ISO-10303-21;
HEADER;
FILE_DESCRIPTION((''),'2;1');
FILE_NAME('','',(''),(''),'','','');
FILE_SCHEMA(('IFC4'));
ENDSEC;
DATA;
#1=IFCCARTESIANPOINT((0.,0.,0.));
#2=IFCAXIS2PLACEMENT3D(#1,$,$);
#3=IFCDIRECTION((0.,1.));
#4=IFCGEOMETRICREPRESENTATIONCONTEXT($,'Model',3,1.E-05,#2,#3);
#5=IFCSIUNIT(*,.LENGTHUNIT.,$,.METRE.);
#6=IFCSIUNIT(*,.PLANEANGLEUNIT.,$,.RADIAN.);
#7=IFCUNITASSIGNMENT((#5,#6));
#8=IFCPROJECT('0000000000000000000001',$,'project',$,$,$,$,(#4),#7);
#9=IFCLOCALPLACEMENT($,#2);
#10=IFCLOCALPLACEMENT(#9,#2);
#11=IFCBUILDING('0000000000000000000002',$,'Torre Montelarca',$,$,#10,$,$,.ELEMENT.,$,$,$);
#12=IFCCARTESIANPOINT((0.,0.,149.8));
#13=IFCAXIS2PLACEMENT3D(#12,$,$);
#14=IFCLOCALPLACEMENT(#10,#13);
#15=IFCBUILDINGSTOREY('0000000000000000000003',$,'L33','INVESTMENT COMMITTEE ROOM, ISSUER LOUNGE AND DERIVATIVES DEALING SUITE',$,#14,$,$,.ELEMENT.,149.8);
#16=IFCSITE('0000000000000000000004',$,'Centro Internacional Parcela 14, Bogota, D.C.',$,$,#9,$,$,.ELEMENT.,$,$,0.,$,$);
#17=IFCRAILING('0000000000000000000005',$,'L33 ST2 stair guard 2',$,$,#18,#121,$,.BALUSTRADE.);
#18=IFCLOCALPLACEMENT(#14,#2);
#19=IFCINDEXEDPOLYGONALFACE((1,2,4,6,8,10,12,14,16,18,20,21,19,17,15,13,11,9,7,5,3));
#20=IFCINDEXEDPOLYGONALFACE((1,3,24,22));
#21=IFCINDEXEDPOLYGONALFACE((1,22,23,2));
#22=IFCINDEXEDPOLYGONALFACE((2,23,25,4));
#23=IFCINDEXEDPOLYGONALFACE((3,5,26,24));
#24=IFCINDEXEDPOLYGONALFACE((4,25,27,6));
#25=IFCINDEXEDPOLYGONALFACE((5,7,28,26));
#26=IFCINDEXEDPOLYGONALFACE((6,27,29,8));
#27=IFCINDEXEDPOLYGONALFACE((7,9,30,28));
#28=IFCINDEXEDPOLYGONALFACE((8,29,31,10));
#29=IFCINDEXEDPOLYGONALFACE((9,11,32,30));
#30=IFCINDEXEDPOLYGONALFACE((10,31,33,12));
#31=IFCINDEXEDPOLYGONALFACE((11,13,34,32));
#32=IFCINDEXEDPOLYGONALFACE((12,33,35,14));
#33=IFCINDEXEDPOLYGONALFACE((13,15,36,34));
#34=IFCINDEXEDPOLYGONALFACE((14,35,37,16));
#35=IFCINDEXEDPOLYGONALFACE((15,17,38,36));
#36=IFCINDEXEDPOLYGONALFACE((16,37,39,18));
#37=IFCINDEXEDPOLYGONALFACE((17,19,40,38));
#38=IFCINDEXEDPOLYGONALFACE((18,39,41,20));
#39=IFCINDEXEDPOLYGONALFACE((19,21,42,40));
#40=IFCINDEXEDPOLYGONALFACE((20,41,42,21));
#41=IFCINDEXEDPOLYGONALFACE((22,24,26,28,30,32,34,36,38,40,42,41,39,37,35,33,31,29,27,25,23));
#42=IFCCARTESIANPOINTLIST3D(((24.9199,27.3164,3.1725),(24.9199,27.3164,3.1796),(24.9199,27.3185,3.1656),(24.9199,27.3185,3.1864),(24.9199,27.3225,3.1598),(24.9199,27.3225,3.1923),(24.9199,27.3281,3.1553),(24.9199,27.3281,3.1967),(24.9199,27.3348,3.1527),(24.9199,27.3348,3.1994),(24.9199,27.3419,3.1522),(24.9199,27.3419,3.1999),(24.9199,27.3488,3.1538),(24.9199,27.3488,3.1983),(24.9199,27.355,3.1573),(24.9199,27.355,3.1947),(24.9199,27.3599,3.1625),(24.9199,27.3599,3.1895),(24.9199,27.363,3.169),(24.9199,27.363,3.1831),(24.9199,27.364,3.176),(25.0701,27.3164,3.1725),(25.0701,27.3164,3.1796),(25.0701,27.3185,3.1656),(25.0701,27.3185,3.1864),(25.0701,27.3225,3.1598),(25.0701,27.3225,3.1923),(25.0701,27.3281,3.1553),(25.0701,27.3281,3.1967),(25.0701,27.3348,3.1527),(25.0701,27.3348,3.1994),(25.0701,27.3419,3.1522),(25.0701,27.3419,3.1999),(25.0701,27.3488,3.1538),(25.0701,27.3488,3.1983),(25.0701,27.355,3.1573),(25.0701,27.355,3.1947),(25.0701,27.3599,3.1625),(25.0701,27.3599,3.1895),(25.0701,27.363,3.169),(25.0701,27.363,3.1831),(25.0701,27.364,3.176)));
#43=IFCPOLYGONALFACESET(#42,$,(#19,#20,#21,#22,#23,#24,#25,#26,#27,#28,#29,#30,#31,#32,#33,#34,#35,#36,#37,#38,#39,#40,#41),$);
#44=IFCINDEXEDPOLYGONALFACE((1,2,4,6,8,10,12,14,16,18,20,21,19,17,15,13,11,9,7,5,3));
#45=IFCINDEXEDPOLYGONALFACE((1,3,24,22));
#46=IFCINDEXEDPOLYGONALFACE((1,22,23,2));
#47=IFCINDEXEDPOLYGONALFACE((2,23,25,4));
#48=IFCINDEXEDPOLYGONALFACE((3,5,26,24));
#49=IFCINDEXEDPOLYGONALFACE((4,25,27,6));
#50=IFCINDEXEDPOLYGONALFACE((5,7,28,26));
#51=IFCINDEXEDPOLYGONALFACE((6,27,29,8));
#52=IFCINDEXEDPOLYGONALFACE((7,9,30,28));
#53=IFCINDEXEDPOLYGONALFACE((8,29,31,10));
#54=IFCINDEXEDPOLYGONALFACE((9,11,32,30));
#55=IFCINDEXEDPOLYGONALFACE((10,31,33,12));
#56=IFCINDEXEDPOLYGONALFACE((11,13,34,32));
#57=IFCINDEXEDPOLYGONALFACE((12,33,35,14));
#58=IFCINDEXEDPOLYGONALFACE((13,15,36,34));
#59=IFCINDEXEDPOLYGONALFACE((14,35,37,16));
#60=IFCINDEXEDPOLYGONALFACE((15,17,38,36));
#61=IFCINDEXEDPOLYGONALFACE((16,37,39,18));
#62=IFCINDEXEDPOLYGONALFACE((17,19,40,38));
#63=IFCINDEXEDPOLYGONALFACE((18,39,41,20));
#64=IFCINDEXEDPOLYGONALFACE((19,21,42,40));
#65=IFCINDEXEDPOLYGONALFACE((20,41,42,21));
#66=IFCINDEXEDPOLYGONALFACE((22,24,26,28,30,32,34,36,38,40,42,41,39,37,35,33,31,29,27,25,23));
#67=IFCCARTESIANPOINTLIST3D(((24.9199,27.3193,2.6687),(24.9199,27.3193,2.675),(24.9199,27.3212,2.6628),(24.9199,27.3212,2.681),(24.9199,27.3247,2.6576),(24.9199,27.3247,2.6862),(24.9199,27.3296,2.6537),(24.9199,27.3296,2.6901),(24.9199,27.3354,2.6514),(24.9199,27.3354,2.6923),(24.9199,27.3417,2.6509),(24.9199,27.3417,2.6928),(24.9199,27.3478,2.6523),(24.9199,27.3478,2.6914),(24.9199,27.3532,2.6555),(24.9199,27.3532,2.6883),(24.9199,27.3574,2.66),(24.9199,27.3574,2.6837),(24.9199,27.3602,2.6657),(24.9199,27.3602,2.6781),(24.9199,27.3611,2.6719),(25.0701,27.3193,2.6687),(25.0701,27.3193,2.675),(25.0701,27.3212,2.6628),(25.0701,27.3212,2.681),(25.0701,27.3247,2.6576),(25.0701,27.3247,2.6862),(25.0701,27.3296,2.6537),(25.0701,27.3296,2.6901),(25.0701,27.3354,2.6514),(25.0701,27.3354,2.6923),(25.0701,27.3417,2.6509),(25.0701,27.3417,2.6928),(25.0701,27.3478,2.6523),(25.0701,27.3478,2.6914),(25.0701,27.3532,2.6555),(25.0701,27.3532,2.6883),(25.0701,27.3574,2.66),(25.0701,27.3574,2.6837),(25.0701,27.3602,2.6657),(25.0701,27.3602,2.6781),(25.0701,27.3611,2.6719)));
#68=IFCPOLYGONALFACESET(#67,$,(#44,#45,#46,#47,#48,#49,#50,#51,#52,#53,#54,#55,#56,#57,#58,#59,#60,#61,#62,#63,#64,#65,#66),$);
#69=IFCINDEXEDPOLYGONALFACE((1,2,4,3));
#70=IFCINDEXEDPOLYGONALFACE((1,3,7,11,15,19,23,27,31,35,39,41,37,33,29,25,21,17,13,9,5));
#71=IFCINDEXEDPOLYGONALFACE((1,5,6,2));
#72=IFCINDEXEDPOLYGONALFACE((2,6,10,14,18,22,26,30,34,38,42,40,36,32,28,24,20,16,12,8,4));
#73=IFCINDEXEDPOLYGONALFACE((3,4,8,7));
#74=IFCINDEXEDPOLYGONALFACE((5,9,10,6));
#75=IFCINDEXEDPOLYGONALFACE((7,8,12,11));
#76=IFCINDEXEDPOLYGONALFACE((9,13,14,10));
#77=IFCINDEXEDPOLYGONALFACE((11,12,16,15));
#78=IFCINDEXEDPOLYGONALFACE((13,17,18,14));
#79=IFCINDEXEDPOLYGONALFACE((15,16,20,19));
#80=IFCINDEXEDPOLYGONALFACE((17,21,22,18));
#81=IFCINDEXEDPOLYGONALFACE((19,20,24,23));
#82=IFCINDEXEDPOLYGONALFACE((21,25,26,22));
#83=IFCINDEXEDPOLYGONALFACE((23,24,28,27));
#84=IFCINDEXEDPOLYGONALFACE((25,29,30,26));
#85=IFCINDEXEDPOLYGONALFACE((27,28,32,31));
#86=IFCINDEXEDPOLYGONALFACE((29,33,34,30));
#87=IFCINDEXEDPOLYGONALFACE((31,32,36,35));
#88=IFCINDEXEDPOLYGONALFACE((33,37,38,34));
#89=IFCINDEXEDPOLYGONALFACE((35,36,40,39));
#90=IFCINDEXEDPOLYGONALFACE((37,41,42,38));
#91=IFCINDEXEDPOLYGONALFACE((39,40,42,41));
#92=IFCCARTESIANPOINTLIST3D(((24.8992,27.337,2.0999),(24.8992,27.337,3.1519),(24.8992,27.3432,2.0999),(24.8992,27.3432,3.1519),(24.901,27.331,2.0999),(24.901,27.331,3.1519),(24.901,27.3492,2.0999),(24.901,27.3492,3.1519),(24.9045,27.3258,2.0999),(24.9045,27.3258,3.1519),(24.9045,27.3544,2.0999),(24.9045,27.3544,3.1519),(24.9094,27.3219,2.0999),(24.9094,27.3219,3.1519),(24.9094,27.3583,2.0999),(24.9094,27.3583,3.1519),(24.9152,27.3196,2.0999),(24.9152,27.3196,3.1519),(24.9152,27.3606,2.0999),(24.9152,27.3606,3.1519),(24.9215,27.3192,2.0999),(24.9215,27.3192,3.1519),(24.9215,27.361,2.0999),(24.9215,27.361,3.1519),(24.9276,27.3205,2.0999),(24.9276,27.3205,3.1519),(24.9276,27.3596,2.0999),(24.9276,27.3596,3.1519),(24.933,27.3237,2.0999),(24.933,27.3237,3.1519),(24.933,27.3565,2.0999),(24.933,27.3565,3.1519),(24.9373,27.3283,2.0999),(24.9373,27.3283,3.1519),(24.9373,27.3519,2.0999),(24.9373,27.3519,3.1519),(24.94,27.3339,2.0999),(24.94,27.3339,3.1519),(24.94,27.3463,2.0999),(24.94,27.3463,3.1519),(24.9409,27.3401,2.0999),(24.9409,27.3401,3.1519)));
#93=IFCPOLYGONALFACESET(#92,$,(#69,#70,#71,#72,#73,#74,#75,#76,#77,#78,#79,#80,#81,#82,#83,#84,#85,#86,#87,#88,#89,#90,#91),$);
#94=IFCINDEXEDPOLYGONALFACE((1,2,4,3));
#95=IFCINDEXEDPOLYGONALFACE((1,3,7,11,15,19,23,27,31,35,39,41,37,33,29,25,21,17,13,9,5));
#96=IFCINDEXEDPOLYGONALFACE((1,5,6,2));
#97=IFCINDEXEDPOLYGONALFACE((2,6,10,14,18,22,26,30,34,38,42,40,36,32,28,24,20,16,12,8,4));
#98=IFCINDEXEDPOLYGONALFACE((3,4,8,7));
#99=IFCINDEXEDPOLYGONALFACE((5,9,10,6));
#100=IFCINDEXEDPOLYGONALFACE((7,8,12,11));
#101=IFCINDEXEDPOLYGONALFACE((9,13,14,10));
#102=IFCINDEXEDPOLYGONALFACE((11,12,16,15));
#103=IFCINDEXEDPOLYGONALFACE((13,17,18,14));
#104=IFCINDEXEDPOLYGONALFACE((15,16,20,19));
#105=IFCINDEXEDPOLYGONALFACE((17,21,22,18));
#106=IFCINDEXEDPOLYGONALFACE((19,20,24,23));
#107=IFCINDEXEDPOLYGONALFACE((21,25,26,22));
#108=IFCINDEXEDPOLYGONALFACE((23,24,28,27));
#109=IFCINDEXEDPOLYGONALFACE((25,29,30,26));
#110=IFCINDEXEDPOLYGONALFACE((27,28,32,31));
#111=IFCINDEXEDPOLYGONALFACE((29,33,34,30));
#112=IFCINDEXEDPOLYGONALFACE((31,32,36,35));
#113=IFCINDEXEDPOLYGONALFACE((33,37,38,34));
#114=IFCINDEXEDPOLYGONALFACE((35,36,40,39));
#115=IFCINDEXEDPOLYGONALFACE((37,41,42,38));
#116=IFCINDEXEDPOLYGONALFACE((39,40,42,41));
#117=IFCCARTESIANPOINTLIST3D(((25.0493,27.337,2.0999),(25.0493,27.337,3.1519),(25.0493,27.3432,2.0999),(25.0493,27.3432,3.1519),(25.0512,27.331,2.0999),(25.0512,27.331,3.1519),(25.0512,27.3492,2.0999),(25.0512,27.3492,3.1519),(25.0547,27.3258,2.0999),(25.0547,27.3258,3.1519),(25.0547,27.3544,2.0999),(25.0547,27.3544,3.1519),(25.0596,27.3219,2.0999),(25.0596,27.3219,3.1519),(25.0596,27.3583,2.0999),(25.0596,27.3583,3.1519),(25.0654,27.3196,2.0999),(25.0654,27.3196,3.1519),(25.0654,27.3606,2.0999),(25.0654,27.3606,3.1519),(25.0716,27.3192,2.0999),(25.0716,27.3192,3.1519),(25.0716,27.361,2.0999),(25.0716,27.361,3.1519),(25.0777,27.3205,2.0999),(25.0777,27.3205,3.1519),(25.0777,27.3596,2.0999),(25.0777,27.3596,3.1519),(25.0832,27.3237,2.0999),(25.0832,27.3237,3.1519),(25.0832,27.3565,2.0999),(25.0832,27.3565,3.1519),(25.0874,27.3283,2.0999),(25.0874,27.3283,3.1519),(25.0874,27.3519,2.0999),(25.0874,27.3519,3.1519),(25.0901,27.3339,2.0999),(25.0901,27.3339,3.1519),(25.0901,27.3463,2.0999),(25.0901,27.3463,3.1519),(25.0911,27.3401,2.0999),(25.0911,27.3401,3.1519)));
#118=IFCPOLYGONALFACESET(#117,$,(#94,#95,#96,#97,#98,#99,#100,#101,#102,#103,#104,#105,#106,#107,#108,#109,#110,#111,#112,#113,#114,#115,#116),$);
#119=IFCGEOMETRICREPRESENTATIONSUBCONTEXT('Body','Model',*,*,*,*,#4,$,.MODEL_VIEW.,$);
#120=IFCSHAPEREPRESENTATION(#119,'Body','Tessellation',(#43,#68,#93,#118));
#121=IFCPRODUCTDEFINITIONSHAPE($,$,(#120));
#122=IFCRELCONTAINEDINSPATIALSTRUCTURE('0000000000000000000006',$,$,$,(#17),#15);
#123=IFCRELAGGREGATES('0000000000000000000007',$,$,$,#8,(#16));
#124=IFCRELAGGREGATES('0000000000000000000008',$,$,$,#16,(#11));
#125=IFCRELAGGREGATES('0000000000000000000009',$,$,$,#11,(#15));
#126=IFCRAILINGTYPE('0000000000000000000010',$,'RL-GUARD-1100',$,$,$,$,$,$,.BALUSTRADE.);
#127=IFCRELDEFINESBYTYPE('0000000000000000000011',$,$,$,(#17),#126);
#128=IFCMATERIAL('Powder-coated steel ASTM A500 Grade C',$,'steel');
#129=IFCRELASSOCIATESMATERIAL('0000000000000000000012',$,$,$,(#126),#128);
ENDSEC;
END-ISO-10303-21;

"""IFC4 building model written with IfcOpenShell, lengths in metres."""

from ifc_helpers import new_model, si_unit, direction, frame, origin, origin_2d, place, context, subcontext, project, spatial, circle, extrude, material, type_object, element, save


model = new_model("IFC4")

# Units and contexts
model_context = context("Model", 3, precision=1e-05, world=origin(), true_north=direction((0.0, 1.0)))
body_context = subcontext(model_context, "Body", "Model", "MODEL_VIEW")
ifc_project = project(units=[si_unit("LENGTHUNIT", "METRE"), si_unit("PLANEANGLEUNIT", "RADIAN")], contexts=[model_context])

# Site, building, storey
site_placement = place(None, origin())
site = spatial("IfcSite", under=ifc_project, at=site_placement, Name="Centro Internacional Parcela 14, Bogota, D.C.", CompositionType="ELEMENT", RefElevation=0.0)
building_placement = place(site_placement, origin())
building = spatial("IfcBuilding", under=site, at=building_placement, Name="Torre Montelarca", CompositionType="ELEMENT")
storey_placement = place(building_placement, frame((0.0, 0.0, 149.8)))
storey = spatial("IfcBuildingStorey", under=building, at=storey_placement, Name="L33", Description="INVESTMENT COMMITTEE ROOM, ISSUER LOUNGE AND DERIVATIVES DEALING SUITE", CompositionType="ELEMENT", Elevation=149.8)

# Railing
ifc_material_1 = material(Name="Powder-coated steel ASTM A500 Grade C", Category="steel")
railing_type_1 = type_object("IfcRailingType", Name="RL-GUARD-1100", PredefinedType="BALUSTRADE", material=ifc_material_1)
railing_1_placement = place(storey_placement, frame((24.9199, 27.3401, 2.0999)))
element("IfcRailing", 1, at=railing_1_placement, inside=storey, type_object=railing_type_1, Name="L33 ST2 stair guard 2", PredefinedType="BALUSTRADE", context=body_context, shape_type="SweptSolid", body=[
    extrude(circle(Radius=0.0239, at=origin_2d()), frame((0.0, 0.0, 1.0762), z_axis=(1.0, 0.0, 0.0), x_axis=(0.0, 1.0, 0.0)), (0.0, 0.0, 1.0), 0.1501),
    extrude(circle(Radius=0.021, at=origin_2d()), frame((0.0, 0.0, 0.572), z_axis=(1.0, 0.0, 0.0), x_axis=(0.0, 1.0, 0.0)), (0.0, 0.0, 1.0), 0.1501),
    extrude(circle(Radius=0.021, at=origin_2d()), origin(), (0.0, 0.0, 1.0), 1.052),
    extrude(circle(Radius=0.021, at=origin_2d()), frame((0.1501, 0.0, 0.0)), (0.0, 0.0, 1.0), 1.052),
])

save(model, "model.ifc")
